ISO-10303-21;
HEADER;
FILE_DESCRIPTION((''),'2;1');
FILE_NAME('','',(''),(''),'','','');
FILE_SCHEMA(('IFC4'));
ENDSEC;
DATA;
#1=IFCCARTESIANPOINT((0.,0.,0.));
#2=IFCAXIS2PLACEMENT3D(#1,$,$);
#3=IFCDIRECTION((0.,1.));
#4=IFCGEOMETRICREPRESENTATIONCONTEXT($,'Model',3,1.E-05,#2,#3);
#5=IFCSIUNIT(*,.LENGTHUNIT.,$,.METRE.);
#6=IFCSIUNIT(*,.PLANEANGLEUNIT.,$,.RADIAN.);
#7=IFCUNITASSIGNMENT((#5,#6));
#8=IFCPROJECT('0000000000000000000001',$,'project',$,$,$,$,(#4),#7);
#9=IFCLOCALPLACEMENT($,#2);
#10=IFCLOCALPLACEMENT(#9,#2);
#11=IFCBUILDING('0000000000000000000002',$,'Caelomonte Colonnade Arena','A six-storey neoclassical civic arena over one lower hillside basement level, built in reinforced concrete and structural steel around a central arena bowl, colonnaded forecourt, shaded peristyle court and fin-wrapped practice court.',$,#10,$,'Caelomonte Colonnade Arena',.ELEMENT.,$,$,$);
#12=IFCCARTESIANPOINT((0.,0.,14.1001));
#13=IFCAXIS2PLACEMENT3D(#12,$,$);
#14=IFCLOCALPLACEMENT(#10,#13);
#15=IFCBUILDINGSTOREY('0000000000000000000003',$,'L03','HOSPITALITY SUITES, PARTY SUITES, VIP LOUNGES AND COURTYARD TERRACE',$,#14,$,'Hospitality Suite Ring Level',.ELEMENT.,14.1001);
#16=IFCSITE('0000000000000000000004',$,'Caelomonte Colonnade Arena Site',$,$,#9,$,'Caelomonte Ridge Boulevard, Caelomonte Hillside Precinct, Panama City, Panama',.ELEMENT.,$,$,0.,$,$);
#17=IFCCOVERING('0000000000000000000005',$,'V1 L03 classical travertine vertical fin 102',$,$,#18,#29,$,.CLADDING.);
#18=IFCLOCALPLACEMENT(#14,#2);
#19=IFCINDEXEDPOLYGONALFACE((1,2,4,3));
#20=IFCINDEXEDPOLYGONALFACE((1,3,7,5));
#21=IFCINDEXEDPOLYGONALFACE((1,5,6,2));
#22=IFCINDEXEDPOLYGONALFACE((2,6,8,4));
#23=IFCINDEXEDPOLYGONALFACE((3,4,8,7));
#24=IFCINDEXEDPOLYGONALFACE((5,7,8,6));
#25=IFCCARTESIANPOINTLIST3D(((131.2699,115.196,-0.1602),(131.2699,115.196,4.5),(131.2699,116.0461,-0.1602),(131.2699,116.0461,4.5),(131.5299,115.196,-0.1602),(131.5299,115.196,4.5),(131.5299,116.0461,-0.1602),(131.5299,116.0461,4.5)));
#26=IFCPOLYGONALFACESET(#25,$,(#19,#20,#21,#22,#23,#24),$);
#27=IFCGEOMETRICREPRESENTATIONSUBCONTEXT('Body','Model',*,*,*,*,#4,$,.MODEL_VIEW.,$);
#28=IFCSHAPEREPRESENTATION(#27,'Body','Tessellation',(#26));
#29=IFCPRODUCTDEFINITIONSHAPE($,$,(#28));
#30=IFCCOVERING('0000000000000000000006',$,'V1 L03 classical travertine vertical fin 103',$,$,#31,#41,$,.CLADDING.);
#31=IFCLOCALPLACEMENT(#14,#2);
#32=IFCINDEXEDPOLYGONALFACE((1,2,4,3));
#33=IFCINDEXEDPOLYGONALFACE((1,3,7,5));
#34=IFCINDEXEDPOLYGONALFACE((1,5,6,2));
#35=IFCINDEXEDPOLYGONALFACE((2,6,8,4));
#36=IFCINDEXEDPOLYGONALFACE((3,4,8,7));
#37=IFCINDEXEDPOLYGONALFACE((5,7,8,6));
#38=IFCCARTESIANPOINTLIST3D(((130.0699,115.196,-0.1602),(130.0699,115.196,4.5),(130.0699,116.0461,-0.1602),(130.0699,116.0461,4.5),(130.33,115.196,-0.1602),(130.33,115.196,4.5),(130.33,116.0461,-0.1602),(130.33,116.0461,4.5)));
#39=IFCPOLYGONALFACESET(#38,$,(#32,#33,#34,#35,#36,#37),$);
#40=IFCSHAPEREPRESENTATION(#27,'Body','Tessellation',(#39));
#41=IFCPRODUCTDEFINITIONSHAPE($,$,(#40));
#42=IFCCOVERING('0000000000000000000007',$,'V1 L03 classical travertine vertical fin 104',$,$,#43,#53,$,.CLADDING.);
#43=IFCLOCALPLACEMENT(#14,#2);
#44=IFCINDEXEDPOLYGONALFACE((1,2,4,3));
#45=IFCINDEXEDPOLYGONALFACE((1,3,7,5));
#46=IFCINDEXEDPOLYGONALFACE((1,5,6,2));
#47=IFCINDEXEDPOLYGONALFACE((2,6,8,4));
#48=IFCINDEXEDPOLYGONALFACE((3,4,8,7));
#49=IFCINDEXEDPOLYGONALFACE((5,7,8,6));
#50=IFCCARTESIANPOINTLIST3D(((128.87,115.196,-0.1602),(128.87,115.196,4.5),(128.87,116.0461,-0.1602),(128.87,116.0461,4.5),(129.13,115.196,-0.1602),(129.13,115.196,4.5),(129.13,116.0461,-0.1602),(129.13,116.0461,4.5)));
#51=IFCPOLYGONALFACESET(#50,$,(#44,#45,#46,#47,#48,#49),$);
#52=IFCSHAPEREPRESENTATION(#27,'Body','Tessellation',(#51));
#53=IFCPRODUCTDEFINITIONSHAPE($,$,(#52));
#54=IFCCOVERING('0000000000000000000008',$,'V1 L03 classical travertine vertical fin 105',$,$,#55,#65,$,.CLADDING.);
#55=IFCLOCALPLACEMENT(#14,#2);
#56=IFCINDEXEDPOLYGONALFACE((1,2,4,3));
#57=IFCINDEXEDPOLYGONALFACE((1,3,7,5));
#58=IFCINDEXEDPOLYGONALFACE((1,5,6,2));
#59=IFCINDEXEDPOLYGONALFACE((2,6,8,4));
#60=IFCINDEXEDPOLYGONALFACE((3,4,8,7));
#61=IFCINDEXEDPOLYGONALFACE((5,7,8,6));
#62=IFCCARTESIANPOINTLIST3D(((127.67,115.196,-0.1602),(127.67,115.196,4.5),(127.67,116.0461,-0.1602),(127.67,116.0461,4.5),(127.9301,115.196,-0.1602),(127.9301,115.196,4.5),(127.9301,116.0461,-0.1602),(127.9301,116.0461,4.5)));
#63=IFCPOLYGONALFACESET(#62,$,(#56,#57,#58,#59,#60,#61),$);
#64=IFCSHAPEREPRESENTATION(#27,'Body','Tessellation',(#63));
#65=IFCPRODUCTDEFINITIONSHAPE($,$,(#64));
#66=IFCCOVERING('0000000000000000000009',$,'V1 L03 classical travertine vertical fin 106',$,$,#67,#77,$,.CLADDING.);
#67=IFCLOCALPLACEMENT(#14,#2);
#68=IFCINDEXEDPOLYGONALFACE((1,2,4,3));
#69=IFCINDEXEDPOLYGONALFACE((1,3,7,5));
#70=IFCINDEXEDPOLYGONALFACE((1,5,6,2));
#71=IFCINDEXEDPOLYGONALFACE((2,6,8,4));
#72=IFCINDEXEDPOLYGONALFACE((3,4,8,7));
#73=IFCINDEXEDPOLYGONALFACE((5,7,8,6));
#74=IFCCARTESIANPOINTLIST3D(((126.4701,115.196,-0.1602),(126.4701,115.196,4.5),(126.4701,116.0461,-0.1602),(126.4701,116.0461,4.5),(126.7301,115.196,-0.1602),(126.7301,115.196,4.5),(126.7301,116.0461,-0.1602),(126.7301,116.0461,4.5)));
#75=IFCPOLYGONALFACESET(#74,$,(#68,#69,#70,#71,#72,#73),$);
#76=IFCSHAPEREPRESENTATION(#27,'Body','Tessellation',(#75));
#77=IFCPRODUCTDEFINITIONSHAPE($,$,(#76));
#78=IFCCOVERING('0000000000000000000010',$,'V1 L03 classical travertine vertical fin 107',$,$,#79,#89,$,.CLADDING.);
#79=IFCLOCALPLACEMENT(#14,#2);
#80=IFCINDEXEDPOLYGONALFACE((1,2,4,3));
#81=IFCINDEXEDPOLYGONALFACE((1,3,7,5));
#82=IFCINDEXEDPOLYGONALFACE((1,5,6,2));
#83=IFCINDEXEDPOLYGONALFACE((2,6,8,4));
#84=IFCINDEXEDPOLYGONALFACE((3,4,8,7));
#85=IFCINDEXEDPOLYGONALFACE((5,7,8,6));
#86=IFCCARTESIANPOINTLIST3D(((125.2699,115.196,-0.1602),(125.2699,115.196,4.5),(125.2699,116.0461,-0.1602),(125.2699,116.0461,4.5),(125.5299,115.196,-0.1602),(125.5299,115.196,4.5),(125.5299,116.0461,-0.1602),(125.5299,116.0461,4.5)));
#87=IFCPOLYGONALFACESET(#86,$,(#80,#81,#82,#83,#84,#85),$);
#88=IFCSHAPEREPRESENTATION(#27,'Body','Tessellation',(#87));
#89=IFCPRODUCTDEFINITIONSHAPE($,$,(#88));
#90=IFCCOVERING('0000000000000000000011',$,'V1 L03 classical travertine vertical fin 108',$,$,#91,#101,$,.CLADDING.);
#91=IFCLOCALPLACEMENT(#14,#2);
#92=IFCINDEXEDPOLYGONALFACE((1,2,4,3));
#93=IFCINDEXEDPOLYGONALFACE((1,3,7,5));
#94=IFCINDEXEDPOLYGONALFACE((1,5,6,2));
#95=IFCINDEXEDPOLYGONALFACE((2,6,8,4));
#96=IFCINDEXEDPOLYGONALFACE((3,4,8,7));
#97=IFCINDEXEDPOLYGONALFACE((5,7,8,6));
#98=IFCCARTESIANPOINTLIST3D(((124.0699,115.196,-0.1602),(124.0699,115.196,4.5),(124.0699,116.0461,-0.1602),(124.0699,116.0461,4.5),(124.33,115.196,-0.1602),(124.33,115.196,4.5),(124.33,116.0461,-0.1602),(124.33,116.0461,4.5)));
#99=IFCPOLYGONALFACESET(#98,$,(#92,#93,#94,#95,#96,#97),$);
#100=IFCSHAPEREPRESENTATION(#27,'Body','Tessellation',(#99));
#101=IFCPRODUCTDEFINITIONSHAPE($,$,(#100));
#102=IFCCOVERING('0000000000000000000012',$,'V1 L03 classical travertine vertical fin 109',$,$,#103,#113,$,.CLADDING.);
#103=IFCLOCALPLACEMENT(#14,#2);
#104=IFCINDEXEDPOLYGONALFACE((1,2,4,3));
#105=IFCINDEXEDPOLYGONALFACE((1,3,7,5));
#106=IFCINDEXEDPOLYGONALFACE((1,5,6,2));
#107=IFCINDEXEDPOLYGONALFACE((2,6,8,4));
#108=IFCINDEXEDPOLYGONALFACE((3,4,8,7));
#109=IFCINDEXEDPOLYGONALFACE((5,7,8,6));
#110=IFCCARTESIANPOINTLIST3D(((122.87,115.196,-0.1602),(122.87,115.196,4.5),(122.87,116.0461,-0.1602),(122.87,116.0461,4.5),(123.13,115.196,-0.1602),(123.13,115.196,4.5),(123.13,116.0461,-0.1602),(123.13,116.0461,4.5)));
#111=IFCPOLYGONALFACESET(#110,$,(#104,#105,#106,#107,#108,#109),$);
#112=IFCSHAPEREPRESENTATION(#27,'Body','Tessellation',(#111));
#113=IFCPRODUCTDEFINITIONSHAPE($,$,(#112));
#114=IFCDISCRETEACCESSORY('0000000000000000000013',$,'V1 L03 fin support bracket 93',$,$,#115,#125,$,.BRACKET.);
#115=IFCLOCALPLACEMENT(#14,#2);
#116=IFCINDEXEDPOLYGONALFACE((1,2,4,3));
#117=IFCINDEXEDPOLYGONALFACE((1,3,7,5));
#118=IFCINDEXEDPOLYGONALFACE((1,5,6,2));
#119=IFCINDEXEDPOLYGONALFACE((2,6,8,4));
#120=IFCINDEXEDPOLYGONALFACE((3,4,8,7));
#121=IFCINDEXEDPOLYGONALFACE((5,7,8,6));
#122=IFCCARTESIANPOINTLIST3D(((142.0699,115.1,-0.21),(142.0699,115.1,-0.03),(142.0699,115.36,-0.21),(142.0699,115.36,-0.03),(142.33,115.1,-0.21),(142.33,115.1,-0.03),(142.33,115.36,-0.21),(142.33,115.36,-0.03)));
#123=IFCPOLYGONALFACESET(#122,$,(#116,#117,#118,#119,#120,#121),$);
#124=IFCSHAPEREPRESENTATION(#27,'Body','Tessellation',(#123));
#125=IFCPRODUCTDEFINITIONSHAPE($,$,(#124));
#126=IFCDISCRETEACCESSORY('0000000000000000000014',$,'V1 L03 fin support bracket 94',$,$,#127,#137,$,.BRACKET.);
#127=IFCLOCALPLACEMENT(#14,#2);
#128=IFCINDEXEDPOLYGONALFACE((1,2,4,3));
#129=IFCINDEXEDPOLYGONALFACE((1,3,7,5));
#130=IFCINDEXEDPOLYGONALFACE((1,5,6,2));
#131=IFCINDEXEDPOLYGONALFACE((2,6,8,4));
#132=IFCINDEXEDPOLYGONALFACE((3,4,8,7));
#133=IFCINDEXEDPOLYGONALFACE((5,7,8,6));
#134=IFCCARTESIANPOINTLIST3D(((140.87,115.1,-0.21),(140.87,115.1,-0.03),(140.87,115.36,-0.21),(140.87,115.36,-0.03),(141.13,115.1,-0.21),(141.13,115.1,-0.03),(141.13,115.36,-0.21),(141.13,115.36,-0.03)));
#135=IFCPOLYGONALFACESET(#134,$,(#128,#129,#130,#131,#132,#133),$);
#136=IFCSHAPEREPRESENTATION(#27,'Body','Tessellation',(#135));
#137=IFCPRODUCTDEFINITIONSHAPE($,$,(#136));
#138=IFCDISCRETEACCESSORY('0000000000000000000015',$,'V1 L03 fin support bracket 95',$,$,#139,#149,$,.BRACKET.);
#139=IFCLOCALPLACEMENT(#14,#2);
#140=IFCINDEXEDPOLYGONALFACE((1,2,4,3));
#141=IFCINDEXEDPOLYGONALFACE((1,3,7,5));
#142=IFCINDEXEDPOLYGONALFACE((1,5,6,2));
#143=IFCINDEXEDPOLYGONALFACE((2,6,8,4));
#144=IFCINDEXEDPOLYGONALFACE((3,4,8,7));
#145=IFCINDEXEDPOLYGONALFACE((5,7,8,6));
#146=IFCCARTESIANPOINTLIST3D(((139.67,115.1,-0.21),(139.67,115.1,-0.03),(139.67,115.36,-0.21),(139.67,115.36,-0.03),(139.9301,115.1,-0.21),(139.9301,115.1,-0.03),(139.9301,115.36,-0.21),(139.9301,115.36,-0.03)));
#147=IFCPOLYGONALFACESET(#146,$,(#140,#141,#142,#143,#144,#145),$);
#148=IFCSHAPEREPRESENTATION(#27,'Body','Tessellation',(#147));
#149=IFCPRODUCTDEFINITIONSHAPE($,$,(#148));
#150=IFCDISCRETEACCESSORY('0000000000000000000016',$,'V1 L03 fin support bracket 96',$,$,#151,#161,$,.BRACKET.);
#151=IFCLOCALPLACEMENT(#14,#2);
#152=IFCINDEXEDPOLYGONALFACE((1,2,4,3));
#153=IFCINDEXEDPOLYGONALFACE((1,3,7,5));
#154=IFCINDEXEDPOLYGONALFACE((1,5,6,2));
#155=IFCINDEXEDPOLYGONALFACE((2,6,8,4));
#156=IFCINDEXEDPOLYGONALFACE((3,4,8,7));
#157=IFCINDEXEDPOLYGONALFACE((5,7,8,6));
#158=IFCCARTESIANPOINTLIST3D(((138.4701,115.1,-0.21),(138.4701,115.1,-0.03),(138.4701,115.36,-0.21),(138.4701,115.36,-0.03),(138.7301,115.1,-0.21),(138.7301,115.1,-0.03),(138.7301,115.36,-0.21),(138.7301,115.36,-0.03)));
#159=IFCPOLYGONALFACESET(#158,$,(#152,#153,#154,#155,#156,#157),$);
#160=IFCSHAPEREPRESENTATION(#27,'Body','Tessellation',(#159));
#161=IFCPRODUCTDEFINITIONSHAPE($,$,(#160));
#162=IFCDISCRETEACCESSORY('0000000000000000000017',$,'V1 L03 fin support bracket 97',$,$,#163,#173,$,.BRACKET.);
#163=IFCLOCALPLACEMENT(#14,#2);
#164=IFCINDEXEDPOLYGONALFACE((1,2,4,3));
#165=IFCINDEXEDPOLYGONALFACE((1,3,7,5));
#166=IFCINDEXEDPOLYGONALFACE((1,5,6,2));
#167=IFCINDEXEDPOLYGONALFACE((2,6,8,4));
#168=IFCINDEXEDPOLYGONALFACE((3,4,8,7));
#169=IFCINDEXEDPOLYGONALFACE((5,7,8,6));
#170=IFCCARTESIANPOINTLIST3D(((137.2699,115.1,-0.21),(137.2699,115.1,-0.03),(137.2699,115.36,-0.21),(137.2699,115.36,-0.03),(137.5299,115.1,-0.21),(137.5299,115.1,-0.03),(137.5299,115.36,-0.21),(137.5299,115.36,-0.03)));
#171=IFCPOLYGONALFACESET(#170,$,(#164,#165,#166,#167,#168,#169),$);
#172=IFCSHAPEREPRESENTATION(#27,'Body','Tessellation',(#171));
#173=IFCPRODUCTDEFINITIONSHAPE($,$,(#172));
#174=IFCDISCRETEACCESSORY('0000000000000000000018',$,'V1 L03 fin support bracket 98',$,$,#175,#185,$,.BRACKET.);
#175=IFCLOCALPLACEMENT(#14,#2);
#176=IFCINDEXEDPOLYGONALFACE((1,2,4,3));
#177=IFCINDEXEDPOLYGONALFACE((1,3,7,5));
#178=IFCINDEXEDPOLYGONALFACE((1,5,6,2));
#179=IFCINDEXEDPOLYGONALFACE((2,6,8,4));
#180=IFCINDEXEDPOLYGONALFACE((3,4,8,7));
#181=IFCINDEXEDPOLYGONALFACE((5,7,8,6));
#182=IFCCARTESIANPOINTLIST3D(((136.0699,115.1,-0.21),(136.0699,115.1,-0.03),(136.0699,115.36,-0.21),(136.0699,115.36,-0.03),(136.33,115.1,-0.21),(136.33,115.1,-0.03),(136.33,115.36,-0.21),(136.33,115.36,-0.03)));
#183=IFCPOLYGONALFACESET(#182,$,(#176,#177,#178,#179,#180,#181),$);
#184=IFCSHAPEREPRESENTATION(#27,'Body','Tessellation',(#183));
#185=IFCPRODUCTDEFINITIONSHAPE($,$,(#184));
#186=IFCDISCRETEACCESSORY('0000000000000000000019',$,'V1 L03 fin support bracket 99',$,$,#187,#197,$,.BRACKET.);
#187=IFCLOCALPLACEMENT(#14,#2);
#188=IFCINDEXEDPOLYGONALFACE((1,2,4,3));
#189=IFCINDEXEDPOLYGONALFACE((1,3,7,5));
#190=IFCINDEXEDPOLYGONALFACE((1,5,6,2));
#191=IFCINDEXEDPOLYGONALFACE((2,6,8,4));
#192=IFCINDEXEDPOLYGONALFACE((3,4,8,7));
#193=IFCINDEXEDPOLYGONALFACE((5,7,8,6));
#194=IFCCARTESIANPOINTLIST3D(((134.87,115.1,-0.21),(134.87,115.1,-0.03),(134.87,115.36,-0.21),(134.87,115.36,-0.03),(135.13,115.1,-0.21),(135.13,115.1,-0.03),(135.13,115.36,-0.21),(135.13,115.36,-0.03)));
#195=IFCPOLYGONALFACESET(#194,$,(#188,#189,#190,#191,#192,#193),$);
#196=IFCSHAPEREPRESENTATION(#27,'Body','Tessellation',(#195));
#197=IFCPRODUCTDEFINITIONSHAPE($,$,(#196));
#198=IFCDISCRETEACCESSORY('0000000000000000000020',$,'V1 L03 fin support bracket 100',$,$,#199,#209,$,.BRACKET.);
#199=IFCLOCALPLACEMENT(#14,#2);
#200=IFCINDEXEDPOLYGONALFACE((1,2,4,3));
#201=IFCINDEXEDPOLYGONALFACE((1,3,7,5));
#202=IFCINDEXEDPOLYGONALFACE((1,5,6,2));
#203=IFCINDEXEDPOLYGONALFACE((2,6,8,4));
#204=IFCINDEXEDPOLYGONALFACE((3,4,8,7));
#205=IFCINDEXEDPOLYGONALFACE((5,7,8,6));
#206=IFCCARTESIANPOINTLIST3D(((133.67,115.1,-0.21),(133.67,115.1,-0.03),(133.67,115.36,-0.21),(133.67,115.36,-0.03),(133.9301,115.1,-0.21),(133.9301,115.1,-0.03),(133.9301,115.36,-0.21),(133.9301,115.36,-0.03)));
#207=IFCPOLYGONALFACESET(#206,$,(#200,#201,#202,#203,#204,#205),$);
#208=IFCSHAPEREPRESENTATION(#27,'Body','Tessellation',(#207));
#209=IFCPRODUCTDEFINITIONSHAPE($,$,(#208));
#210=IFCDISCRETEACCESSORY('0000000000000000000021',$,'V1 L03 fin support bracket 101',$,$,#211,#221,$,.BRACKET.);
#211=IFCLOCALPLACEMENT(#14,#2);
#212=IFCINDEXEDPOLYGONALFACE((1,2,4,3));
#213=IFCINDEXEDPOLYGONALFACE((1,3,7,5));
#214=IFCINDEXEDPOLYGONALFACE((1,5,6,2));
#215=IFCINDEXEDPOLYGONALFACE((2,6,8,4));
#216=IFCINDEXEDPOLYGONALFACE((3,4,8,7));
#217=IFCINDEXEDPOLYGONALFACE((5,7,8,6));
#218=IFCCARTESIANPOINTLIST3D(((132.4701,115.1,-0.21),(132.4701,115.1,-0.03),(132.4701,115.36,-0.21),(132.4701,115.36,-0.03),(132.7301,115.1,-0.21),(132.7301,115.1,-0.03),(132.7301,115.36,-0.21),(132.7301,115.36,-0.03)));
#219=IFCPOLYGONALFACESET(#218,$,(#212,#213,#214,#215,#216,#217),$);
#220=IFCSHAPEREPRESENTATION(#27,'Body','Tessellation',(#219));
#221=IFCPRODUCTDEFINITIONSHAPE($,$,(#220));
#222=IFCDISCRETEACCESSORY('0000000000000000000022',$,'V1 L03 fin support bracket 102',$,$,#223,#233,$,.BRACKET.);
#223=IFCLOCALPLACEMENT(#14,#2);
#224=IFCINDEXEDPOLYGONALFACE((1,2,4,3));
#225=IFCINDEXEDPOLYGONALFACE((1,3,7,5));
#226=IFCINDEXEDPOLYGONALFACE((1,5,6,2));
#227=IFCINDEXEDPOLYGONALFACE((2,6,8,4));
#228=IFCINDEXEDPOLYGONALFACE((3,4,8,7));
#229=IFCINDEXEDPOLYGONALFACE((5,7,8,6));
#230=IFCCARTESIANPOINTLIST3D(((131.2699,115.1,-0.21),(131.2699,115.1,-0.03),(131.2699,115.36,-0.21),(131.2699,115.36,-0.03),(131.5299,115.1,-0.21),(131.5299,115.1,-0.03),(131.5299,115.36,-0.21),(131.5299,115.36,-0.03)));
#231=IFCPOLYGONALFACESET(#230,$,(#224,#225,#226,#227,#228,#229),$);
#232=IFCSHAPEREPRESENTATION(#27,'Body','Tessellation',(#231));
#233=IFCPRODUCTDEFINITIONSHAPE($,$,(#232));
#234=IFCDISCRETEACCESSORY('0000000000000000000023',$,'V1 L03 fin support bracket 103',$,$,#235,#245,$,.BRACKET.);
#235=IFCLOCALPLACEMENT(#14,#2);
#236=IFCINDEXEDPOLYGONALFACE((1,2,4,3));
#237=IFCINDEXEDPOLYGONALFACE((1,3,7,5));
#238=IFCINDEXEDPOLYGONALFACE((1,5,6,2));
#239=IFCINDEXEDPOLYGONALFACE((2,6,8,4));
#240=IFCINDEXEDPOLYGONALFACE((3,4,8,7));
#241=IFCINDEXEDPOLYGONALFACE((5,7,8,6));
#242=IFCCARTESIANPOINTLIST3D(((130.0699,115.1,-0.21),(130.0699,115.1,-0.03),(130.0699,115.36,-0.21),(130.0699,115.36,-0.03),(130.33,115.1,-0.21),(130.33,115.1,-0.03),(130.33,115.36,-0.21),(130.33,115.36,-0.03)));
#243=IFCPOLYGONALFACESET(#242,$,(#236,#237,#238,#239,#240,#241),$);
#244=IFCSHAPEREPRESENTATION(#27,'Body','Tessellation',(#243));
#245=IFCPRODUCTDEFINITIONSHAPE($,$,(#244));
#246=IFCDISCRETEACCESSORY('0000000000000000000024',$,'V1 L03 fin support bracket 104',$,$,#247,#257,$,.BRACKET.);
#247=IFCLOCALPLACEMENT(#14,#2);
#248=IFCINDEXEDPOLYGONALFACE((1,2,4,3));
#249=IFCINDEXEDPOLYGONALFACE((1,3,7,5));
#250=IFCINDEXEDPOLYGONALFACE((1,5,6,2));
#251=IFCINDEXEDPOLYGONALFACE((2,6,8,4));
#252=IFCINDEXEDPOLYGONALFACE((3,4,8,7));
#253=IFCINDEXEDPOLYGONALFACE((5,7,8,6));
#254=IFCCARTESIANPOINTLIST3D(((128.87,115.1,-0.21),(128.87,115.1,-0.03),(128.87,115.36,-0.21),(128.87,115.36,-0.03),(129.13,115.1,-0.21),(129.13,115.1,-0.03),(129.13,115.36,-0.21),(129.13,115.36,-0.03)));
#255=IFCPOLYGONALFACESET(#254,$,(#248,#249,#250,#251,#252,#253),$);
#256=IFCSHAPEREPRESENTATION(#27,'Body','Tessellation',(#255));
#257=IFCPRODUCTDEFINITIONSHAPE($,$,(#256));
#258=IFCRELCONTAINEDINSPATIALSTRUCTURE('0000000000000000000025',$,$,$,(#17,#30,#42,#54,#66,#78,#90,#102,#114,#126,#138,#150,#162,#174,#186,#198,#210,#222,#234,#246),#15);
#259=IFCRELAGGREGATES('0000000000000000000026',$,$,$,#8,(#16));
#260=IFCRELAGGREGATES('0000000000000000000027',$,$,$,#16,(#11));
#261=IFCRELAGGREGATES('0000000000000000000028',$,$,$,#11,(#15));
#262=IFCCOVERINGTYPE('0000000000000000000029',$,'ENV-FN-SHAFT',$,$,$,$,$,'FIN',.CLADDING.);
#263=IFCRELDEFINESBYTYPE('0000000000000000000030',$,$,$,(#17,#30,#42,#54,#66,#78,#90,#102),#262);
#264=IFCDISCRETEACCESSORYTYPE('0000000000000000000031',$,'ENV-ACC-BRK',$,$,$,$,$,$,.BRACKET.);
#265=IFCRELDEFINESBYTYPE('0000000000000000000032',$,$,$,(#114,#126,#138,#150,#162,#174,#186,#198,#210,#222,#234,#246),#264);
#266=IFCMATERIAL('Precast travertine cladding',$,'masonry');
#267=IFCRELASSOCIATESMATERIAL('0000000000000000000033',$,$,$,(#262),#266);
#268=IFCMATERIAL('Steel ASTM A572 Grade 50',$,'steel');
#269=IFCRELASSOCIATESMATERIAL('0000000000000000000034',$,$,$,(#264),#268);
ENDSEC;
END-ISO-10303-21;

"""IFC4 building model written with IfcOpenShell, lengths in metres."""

from ifc_helpers import new_model, si_unit, direction, frame, origin, origin_2d, place, context, subcontext, project, spatial, rectangle, extrude, material, material_profile, profile_set, type_object, element, save


model = new_model("IFC4")

# Units and contexts
model_context = context("Model", 3, precision=1e-05, world=origin(), true_north=direction((0.0, 1.0)))
body_context = subcontext(model_context, "Body", "Model", "MODEL_VIEW")
ifc_project = project(units=[si_unit("LENGTHUNIT", "METRE"), si_unit("PLANEANGLEUNIT", "RADIAN")], contexts=[model_context])

# Site, building, storey
site_placement = place(None, origin())
site = spatial("IfcSite", under=ifc_project, at=site_placement, Name="Caelomonte Colonnade Arena Site", LongName="Caelomonte Ridge Boulevard, Caelomonte Hillside Precinct, Panama City, Panama", CompositionType="ELEMENT", RefElevation=0.0)
building_placement = place(site_placement, origin())
building = spatial("IfcBuilding", under=site, at=building_placement, Name="Caelomonte Colonnade Arena", Description="A six-storey neoclassical civic arena over one lower hillside basement level, built in reinforced concrete and structural steel around a central arena bowl, colonnaded forecourt, shaded peristyle court and fin-wrapped practice court.", LongName="Caelomonte Colonnade Arena", CompositionType="ELEMENT")
storey_placement = place(building_placement, frame((0.0, 0.0, 14.1001)))
storey = spatial("IfcBuildingStorey", under=building, at=storey_placement, Name="L03", Description="HOSPITALITY SUITES, PARTY SUITES, VIP LOUNGES AND COURTYARD TERRACE", LongName="Hospitality Suite Ring Level", CompositionType="ELEMENT", Elevation=14.1001)

# Coverings
ifc_material_1 = material(Name="Precast travertine cladding", Category="masonry")
ifc_material_profile_1 = material_profile(ifc_material_1, rectangle(XDim=0.26, YDim=0.8501, at=origin_2d()), Name="FIN260X850")
ifc_profile_set_1 = profile_set([ifc_material_profile_1], Name="Precast travertine cladding")
covering_type = type_object("IfcCoveringType", Name="ENV-FN-SHAFT", ElementType="FIN", PredefinedType="CLADDING", material=ifc_profile_set_1)
for number, where, z_axis, x_axis, name in (
    (1, (131.3999, 115.6211, -0.1602), (0.0, 0.0, 1.0), (1.0, 0.0, 0.0), "V1 L03 classical travertine vertical fin 102"),
    (2, (130.2, 115.6211, -0.1602), (0.0, 0.0, 1.0), (1.0, 0.0, 0.0), "V1 L03 classical travertine vertical fin 103"),
    (3, (129.0, 115.6211, -0.1602), (0.0, 0.0, 1.0), (1.0, 0.0, 0.0), "V1 L03 classical travertine vertical fin 104"),
    (4, (127.8, 115.6211, -0.1602), (0.0, 0.0, 1.0), (1.0, 0.0, 0.0), "V1 L03 classical travertine vertical fin 105"),
    (5, (126.6001, 115.6211, -0.1602), (0.0, 0.0, 1.0), (1.0, 0.0, 0.0), "V1 L03 classical travertine vertical fin 106"),
    (6, (125.3999, 115.6211, -0.1602), (0.0, 0.0, 1.0), (1.0, 0.0, 0.0), "V1 L03 classical travertine vertical fin 107"),
    (7, (124.2, 115.6211, -0.1602), (0.0, 0.0, 1.0), (1.0, 0.0, 0.0), "V1 L03 classical travertine vertical fin 108"),
    (8, (123.0, 115.6211, -0.1602), (0.0, 0.0, 1.0), (1.0, 0.0, 0.0), "V1 L03 classical travertine vertical fin 109"),
):
    element("IfcCovering", number, at=place(storey_placement, frame(where, z_axis=z_axis, x_axis=x_axis)), inside=storey, type_object=covering_type, Name=name, PredefinedType="CLADDING", context=body_context, shape_type="SweptSolid", body=[
        extrude(rectangle(XDim=0.26, YDim=0.8501, at=origin_2d()), origin(), (0.0, 0.0, 1.0), 4.6602),
    ])

# Discrete accessories
ifc_material_2 = material(Name="Steel ASTM A572 Grade 50", Category="steel")
discrete_accessory_type = type_object("IfcDiscreteAccessoryType", Name="ENV-ACC-BRK", PredefinedType="BRACKET", material=ifc_material_2)
for number, where, z_axis, x_axis, name in (
    (9, (142.2, 115.23, -0.21), (0.0, 0.0, 1.0), (-1.0, 0.0, 0.0), "V1 L03 fin support bracket 93"),
    (10, (141.0, 115.23, -0.21), (0.0, 0.0, 1.0), (-1.0, 0.0, 0.0), "V1 L03 fin support bracket 94"),
    (11, (139.8, 115.23, -0.21), (0.0, 0.0, 1.0), (-1.0, 0.0, 0.0), "V1 L03 fin support bracket 95"),
    (12, (138.6001, 115.23, -0.21), (0.0, 0.0, 1.0), (-1.0, 0.0, 0.0), "V1 L03 fin support bracket 96"),
    (13, (137.3999, 115.23, -0.21), (0.0, 0.0, 1.0), (-1.0, 0.0, 0.0), "V1 L03 fin support bracket 97"),
    (14, (136.2, 115.23, -0.21), (0.0, 0.0, 1.0), (-1.0, 0.0, 0.0), "V1 L03 fin support bracket 98"),
    (15, (135.0, 115.23, -0.21), (0.0, 0.0, 1.0), (-1.0, 0.0, 0.0), "V1 L03 fin support bracket 99"),
    (16, (133.8, 115.23, -0.21), (0.0, 0.0, 1.0), (-1.0, 0.0, 0.0), "V1 L03 fin support bracket 100"),
    (17, (132.6001, 115.23, -0.21), (0.0, 0.0, 1.0), (-1.0, 0.0, 0.0), "V1 L03 fin support bracket 101"),
    (18, (131.3999, 115.23, -0.21), (0.0, 0.0, 1.0), (-1.0, 0.0, 0.0), "V1 L03 fin support bracket 102"),
    (19, (130.2, 115.23, -0.21), (0.0, 0.0, 1.0), (-1.0, 0.0, 0.0), "V1 L03 fin support bracket 103"),
    (20, (129.0, 115.23, -0.21), (0.0, 0.0, 1.0), (-1.0, 0.0, 0.0), "V1 L03 fin support bracket 104"),
):
    element("IfcDiscreteAccessory", number, at=place(storey_placement, frame(where, z_axis=z_axis, x_axis=x_axis)), inside=storey, type_object=discrete_accessory_type, Name=name, PredefinedType="BRACKET", context=body_context, shape_type="SweptSolid", body=[
        extrude(rectangle(XDim=0.26, YDim=0.26, at=origin_2d()), origin(), (0.0, 0.0, 1.0), 0.1799),
    ])

save(model, "model.ifc")
